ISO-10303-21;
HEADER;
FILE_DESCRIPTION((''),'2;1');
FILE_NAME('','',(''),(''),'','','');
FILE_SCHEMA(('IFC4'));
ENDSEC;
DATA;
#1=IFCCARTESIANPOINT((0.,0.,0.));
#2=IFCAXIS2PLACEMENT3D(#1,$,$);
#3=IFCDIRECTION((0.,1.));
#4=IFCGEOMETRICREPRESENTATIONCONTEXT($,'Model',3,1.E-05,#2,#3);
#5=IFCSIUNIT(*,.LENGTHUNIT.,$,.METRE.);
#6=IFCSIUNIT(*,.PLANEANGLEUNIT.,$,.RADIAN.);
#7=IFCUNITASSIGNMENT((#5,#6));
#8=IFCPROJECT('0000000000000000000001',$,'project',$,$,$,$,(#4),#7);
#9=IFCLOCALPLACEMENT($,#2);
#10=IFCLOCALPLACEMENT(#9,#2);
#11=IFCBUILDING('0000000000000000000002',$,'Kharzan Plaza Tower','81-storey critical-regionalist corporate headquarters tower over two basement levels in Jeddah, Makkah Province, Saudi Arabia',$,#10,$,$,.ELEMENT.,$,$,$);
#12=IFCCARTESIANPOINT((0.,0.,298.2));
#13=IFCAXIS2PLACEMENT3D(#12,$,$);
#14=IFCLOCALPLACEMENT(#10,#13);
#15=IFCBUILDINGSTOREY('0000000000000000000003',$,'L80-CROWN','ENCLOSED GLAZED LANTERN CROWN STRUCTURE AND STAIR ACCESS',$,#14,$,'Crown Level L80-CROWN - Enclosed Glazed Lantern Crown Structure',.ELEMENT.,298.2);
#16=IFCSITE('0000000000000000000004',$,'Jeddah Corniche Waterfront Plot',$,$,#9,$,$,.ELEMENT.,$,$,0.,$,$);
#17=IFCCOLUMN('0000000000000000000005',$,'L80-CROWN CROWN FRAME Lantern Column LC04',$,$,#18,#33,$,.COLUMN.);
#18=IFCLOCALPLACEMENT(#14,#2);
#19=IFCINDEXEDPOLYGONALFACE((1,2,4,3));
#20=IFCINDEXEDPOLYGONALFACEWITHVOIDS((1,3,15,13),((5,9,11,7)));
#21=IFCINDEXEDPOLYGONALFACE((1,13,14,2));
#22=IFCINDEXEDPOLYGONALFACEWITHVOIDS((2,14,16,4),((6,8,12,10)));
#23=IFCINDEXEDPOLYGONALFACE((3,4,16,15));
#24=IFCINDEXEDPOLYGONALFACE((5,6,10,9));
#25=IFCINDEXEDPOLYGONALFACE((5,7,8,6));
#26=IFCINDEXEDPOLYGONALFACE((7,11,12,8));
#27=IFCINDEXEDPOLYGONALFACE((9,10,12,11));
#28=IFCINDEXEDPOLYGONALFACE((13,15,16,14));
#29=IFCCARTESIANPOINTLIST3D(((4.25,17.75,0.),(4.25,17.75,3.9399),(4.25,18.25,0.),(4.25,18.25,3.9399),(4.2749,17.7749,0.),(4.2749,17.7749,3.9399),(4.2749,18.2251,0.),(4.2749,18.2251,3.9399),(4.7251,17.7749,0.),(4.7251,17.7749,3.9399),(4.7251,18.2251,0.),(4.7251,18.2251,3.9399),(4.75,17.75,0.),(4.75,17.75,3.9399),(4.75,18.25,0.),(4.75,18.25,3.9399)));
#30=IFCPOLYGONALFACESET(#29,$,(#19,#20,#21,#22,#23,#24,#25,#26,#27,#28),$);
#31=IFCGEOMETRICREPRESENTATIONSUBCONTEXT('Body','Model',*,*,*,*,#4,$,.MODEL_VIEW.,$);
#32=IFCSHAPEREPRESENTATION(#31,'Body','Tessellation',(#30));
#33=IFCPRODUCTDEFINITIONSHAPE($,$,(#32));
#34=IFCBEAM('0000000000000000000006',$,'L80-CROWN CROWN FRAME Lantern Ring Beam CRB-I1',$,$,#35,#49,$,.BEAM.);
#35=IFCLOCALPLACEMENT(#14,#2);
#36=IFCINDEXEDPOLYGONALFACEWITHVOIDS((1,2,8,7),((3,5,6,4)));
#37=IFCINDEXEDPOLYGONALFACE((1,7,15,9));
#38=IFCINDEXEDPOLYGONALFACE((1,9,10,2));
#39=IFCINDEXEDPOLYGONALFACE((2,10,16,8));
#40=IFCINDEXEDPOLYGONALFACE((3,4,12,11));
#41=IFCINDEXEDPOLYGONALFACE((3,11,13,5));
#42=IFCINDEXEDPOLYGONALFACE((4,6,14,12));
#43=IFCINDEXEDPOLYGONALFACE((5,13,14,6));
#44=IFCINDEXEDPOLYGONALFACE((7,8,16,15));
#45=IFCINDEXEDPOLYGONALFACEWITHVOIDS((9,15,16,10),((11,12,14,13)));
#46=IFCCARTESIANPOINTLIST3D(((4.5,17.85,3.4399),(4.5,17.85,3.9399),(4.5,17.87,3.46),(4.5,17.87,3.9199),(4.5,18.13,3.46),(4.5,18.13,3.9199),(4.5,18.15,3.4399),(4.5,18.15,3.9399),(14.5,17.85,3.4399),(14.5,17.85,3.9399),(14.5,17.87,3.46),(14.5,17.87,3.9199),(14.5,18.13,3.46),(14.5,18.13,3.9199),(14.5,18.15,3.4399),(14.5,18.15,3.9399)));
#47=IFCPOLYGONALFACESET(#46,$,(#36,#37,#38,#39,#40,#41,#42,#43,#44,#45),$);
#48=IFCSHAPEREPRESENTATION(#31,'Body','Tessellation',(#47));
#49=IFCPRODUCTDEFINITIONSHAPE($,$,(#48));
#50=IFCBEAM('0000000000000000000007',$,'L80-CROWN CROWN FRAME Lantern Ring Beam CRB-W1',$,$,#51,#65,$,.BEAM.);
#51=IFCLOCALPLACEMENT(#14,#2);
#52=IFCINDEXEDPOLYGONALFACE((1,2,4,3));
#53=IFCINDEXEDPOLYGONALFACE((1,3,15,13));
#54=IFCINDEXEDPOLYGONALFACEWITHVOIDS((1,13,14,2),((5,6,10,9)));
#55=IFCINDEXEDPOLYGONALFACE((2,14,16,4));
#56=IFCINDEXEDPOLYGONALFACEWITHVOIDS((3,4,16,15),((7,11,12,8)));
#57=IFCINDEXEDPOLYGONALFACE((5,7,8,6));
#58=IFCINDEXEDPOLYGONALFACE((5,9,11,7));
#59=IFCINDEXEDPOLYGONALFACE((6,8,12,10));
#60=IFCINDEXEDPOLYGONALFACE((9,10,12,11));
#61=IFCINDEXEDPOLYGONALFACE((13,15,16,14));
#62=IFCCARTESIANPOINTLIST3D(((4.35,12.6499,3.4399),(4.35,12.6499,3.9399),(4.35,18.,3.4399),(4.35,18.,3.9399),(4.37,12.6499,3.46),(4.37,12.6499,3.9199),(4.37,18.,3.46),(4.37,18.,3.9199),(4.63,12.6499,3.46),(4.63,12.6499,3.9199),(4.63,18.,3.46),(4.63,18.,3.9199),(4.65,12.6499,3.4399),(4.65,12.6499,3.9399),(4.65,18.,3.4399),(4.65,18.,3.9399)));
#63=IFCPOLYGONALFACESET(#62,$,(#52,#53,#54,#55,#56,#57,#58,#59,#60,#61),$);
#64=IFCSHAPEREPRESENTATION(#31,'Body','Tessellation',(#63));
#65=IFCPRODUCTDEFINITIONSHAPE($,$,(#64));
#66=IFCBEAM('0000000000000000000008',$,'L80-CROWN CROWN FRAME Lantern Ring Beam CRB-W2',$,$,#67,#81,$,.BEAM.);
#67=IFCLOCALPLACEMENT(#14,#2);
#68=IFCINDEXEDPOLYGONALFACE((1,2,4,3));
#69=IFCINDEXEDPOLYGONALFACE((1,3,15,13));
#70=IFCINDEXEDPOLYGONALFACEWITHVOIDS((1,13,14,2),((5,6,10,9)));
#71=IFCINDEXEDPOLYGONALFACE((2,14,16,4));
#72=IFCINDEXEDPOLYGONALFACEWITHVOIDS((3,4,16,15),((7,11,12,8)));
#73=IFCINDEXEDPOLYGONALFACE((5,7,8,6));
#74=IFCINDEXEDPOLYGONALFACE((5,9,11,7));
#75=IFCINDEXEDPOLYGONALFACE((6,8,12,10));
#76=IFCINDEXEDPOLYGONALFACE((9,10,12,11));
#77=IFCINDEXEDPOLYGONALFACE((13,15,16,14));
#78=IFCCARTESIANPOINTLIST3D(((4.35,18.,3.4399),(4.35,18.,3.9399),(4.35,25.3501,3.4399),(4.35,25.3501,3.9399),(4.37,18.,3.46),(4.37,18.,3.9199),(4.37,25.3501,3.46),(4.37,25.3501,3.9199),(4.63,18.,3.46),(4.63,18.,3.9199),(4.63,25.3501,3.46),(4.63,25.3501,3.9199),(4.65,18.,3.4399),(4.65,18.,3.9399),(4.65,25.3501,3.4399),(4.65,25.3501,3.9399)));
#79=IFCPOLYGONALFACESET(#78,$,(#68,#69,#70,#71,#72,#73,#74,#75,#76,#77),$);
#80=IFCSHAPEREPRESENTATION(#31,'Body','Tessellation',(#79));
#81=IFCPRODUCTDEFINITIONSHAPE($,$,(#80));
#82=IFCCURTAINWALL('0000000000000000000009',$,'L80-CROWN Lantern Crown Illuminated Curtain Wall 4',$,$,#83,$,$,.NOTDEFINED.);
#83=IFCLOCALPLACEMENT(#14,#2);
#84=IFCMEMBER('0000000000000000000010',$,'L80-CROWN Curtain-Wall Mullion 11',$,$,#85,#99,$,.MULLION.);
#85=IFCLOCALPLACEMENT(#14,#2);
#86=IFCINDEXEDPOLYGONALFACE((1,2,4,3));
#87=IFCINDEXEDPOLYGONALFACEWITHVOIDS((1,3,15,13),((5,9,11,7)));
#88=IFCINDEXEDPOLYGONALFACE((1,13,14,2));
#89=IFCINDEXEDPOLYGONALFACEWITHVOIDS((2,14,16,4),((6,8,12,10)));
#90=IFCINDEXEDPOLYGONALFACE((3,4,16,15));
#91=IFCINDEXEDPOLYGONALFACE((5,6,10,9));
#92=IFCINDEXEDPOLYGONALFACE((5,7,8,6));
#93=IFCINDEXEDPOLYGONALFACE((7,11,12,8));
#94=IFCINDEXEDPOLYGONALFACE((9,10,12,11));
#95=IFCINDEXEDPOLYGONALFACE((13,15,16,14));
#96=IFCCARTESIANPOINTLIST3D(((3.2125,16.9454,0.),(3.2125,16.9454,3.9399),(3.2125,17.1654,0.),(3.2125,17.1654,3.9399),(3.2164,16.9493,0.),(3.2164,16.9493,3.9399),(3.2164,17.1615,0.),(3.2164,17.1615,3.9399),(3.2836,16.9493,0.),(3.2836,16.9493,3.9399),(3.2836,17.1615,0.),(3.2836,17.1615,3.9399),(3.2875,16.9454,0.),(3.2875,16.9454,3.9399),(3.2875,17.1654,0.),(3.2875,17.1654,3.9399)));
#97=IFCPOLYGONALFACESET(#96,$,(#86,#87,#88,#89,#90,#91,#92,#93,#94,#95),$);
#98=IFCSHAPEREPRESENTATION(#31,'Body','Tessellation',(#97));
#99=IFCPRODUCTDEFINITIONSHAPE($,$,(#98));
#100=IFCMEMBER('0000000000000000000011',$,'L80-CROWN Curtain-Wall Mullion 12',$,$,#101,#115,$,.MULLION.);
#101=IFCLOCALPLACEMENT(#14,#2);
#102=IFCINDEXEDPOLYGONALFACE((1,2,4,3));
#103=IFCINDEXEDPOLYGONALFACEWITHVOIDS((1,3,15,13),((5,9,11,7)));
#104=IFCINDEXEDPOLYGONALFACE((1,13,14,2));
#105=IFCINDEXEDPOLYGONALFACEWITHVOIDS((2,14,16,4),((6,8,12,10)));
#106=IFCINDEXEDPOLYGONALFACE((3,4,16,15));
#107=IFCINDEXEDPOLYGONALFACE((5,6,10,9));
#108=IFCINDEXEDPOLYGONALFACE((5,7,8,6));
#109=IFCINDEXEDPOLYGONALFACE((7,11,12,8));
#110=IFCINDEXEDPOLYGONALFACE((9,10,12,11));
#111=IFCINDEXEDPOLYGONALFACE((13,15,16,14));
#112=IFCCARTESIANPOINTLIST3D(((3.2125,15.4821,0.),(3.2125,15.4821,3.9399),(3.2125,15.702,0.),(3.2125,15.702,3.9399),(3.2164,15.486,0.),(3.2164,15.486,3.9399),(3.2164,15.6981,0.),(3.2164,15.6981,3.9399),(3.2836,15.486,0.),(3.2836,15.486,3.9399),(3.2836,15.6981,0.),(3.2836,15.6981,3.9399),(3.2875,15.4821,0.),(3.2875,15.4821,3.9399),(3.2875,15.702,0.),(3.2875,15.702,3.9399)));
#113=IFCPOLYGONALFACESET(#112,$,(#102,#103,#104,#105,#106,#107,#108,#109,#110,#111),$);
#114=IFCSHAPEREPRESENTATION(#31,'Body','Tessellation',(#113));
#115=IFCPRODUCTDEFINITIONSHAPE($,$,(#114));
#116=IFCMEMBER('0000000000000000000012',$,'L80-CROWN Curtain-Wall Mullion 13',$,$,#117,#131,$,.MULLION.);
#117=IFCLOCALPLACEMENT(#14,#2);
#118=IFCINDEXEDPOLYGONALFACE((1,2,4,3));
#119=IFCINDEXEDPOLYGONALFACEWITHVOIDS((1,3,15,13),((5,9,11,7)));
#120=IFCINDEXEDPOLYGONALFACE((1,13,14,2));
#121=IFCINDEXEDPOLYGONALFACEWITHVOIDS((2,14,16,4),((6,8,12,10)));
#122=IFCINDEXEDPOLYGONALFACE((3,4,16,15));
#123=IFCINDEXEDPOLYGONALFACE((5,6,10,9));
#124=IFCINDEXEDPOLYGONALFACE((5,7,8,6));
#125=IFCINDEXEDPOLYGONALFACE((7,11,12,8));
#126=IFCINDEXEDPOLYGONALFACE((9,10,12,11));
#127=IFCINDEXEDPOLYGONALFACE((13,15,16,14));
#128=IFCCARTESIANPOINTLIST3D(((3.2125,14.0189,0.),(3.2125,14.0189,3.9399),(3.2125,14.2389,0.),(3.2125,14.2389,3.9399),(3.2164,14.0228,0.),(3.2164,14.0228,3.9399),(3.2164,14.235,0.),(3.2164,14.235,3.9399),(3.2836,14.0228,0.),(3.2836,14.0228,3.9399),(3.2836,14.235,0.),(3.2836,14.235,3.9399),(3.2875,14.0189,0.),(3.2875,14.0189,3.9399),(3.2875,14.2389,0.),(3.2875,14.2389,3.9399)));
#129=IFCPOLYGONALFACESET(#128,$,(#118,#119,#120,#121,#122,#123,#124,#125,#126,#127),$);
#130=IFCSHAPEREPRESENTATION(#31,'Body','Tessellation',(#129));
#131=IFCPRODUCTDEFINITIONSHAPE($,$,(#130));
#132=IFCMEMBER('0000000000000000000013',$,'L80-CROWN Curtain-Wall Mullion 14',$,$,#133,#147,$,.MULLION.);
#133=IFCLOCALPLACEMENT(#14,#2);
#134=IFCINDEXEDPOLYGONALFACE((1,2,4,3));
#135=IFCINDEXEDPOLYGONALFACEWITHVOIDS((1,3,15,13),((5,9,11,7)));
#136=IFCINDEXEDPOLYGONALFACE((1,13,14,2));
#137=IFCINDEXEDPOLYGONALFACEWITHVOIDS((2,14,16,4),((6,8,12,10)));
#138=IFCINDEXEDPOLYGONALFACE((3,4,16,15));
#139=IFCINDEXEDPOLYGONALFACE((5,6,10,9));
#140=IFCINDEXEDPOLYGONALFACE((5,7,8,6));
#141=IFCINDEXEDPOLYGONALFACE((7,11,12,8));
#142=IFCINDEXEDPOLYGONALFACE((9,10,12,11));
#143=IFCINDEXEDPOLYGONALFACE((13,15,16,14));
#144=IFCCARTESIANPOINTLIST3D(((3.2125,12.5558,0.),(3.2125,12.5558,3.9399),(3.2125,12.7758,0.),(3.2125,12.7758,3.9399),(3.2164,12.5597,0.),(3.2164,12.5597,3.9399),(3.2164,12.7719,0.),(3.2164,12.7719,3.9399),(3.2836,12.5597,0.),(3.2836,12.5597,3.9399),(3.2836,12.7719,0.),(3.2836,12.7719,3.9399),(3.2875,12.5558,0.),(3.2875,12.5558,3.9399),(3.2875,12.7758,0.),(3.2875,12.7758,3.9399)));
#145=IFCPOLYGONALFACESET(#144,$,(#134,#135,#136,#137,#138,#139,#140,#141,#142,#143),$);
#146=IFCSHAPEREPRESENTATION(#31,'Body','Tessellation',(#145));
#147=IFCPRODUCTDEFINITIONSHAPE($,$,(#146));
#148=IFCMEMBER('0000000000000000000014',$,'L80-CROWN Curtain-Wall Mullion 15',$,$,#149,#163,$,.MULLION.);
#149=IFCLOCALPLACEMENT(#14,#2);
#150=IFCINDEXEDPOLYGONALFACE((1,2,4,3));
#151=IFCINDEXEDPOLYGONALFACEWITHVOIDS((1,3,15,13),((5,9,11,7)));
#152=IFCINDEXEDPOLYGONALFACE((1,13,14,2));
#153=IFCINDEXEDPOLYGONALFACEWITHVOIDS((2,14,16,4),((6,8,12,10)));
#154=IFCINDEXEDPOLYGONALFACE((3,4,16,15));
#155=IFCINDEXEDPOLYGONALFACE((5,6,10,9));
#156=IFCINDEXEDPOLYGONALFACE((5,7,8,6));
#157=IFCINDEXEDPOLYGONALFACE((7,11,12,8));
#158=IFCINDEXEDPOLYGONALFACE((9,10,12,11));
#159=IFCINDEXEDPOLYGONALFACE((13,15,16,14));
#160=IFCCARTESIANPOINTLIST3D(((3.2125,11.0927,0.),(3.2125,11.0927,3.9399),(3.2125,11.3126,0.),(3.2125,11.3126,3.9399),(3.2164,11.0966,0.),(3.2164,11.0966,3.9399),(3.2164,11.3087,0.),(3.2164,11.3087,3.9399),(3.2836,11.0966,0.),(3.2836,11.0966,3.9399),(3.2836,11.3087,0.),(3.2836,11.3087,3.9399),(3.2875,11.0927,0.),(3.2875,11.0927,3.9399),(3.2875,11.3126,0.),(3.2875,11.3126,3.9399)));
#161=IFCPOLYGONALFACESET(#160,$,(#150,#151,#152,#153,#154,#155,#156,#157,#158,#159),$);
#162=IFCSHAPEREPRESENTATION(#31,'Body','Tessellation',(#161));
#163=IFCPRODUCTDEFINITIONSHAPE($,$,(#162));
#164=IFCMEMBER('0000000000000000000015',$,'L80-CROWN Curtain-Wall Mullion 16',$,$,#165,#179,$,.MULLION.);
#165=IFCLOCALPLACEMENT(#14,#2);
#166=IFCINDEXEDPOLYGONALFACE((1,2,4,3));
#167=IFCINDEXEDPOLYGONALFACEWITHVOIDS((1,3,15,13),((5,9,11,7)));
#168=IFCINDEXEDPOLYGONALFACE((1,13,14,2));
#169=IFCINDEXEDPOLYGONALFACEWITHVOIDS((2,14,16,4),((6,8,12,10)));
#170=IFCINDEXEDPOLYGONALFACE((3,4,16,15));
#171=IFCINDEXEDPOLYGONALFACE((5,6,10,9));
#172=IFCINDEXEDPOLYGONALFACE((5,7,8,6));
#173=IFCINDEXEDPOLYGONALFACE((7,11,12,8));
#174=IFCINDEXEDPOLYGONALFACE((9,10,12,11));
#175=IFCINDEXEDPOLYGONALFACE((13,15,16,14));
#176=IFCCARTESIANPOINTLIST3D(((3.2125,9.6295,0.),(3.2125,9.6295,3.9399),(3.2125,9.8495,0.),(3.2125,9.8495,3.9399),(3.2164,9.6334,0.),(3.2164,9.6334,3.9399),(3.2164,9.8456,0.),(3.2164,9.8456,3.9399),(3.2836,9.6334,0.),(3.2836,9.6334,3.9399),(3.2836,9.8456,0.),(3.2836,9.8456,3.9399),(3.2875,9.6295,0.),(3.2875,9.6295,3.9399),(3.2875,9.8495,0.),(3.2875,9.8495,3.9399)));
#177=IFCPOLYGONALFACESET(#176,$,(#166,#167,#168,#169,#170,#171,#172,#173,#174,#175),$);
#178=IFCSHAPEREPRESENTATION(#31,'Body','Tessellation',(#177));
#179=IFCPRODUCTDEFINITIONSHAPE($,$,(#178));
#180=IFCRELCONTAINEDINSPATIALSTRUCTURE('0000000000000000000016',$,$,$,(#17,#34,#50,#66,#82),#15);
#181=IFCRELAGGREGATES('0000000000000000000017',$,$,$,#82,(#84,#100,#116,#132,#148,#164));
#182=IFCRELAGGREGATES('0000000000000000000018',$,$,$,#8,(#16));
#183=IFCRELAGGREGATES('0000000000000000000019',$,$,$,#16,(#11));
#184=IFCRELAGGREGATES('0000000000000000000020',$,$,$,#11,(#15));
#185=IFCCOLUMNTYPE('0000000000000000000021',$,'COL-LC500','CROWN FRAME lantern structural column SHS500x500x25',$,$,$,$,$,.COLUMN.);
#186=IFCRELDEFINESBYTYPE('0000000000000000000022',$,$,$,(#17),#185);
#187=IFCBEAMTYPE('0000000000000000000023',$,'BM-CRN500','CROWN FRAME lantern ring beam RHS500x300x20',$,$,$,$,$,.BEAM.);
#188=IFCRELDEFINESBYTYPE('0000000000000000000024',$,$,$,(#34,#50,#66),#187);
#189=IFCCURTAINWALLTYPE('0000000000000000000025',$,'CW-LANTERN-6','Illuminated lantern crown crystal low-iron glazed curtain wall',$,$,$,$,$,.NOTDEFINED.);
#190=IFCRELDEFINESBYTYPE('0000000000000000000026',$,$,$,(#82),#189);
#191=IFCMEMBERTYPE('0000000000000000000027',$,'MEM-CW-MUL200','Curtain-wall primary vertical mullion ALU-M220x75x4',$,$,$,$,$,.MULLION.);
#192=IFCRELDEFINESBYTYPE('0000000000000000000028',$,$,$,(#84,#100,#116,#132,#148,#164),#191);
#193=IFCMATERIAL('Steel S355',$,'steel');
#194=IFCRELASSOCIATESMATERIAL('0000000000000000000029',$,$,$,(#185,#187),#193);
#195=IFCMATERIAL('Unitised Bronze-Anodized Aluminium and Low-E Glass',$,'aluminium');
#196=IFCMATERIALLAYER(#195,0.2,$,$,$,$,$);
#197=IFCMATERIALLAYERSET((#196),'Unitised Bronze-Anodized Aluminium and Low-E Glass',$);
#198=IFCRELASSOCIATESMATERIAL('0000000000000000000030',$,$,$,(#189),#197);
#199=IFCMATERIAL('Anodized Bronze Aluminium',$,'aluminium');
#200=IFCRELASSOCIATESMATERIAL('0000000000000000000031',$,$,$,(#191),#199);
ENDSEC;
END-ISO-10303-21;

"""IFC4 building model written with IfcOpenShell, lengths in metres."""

from ifc_helpers import new_model, si_unit, direction, frame, origin, origin_2d, place, context, subcontext, project, spatial, hollow_rectangle, extrude, source, transform, mapped, material, layer, layer_set, material_profile, profile_set, type_object, element, aggregate, save


model = new_model("IFC4")

# Units and contexts
model_context = context("Model", 3, precision=1e-05, world=origin(), true_north=direction((0.0, 1.0)))
body_context = subcontext(model_context, "Body", "Model", "MODEL_VIEW")
ifc_project = project(units=[si_unit("LENGTHUNIT", "METRE"), si_unit("PLANEANGLEUNIT", "RADIAN")], contexts=[model_context])

# Site, building, storey
site_placement = place(None, origin())
site = spatial("IfcSite", under=ifc_project, at=site_placement, Name="Jeddah Corniche Waterfront Plot", CompositionType="ELEMENT", RefElevation=0.0)
building_placement = place(site_placement, origin())
building = spatial("IfcBuilding", under=site, at=building_placement, Name="Kharzan Plaza Tower", Description="81-storey critical-regionalist corporate headquarters tower over two basement levels in Jeddah, Makkah Province, Saudi Arabia", CompositionType="ELEMENT")
storey_placement = place(building_placement, frame((0.0, 0.0, 298.2)))
storey = spatial("IfcBuildingStorey", under=building, at=storey_placement, Name="L80-CROWN", Description="ENCLOSED GLAZED LANTERN CROWN STRUCTURE AND STAIR ACCESS", LongName="Crown Level L80-CROWN - Enclosed Glazed Lantern Crown Structure", CompositionType="ELEMENT", Elevation=298.2)

# Column
ifc_material_1 = material(Name="Steel S355", Category="steel")
ifc_material_profile_1 = material_profile(ifc_material_1, hollow_rectangle(XDim=0.5, YDim=0.5, WallThickness=0.0249, at=origin_2d()), Name="SHS500x500x25")
ifc_profile_set_1 = profile_set([ifc_material_profile_1], Name="Steel S355")
column_type = type_object("IfcColumnType", Name="COL-LC500", Description="CROWN FRAME lantern structural column SHS500x500x25", PredefinedType="COLUMN", material=ifc_profile_set_1)
shared_shape_1 = source(origin(), body_context, "Body", "SweptSolid", [
    extrude(hollow_rectangle(XDim=0.5, YDim=0.5, WallThickness=0.0249, at=origin_2d()), origin(), (0.0, 0.0, 1.0), 3.9399),
])
column_placement = place(storey_placement, frame((4.5, 18.0, 0.0), z_axis=(0.0, 0.0, 1.0), x_axis=(1.0, 0.0, 0.0)))
element("IfcColumn", 1, at=column_placement, inside=storey, type_object=column_type, Name="L80-CROWN CROWN FRAME Lantern Column LC04", PredefinedType="COLUMN", context=body_context, shape_type="MappedRepresentation", body=[
    mapped(shared_shape_1, transform((0.0, 0.0, 0.0), x_axis=(1.0, 0.0, 0.0), y_axis=(0.0, 1.0, 0.0), z_axis=(0.0, 0.0, 1.0))),
])

# Beams
ifc_material_profile_2 = material_profile(ifc_material_1, hollow_rectangle(XDim=0.3, YDim=0.5, WallThickness=0.02, at=origin_2d()), Name="RHS500x300x20")
ifc_profile_set_2 = profile_set([ifc_material_profile_2], Name="Steel S355")
beam_type = type_object("IfcBeamType", Name="BM-CRN500", Description="CROWN FRAME lantern ring beam RHS500x300x20", PredefinedType="BEAM", material=ifc_profile_set_2)
shared_shape_2 = source(origin(), body_context, "Body", "SweptSolid", [
    extrude(hollow_rectangle(XDim=0.3, YDim=0.5, WallThickness=0.02, at=origin_2d()), origin(), (0.0, 0.0, 1.0), 10.0),
])
beam_1_placement = place(storey_placement, frame((4.5, 18.0, 3.6899), z_axis=(1.0, 0.0, 0.0), x_axis=(0.0, 1.0, 0.0)))
element("IfcBeam", 2, at=beam_1_placement, inside=storey, type_object=beam_type, Name="L80-CROWN CROWN FRAME Lantern Ring Beam CRB-I1", PredefinedType="BEAM", context=body_context, shape_type="MappedRepresentation", body=[
    mapped(shared_shape_2, transform((0.0, 0.0, 0.0), x_axis=(1.0, 0.0, 0.0), y_axis=(0.0, 1.0, 0.0), z_axis=(0.0, 0.0, 1.0))),
])
shared_shape_3 = source(origin(), body_context, "Body", "SweptSolid", [
    extrude(hollow_rectangle(XDim=0.3, YDim=0.5, WallThickness=0.02, at=origin_2d()), origin(), (0.0, 0.0, 1.0), 5.3501),
])
beam_2_placement = place(storey_placement, frame((4.5, 12.6499, 3.6899), z_axis=(0.0, 1.0, 0.0), x_axis=(-1.0, 0.0, 0.0)))
element("IfcBeam", 3, at=beam_2_placement, inside=storey, type_object=beam_type, Name="L80-CROWN CROWN FRAME Lantern Ring Beam CRB-W1", PredefinedType="BEAM", context=body_context, shape_type="MappedRepresentation", body=[
    mapped(shared_shape_3, transform((0.0, 0.0, 0.0), x_axis=(1.0, 0.0, 0.0), y_axis=(0.0, 1.0, 0.0), z_axis=(0.0, 0.0, 1.0))),
])
shared_shape_4 = source(origin(), body_context, "Body", "SweptSolid", [
    extrude(hollow_rectangle(XDim=0.3, YDim=0.5, WallThickness=0.02, at=origin_2d()), origin(), (0.0, 0.0, 1.0), 7.3501),
])
beam_3_placement = place(storey_placement, frame((4.5, 18.0, 3.6899), z_axis=(0.0, 1.0, 0.0), x_axis=(-1.0, 0.0, 0.0)))
element("IfcBeam", 4, at=beam_3_placement, inside=storey, type_object=beam_type, Name="L80-CROWN CROWN FRAME Lantern Ring Beam CRB-W2", PredefinedType="BEAM", context=body_context, shape_type="MappedRepresentation", body=[
    mapped(shared_shape_4, transform((0.0, 0.0, 0.0), x_axis=(1.0, 0.0, 0.0), y_axis=(0.0, 1.0, 0.0), z_axis=(0.0, 0.0, 1.0))),
])

# Curtain wall, members
ifc_material_2 = material(Name="Unitised Bronze-Anodized Aluminium and Low-E Glass", Category="aluminium")
ifc_layer_1 = layer(ifc_material_2, 0.2)
ifc_layer_set_1 = layer_set([ifc_layer_1], Name="Unitised Bronze-Anodized Aluminium and Low-E Glass")
curtain_wall_type = type_object("IfcCurtainWallType", Name="CW-LANTERN-6", Description="Illuminated lantern crown crystal low-iron glazed curtain wall", PredefinedType="NOTDEFINED", material=ifc_layer_set_1)
curtain_wall_placement = place(storey_placement, origin())
curtain_wall = element("IfcCurtainWall", 5, at=curtain_wall_placement, inside=storey, type_object=curtain_wall_type, Name="L80-CROWN Lantern Crown Illuminated Curtain Wall 4", PredefinedType="NOTDEFINED")
ifc_material_3 = material(Name="Anodized Bronze Aluminium", Category="aluminium")
ifc_material_profile_3 = material_profile(ifc_material_3, hollow_rectangle(XDim=0.075, YDim=0.22, WallThickness=0.0039, at=origin_2d()), Name="ALU-M220x75x4")
ifc_profile_set_3 = profile_set([ifc_material_profile_3], Name="Anodized Bronze Aluminium")
member_type_1 = type_object("IfcMemberType", Name="MEM-CW-MUL200", Description="Curtain-wall primary vertical mullion ALU-M220x75x4", PredefinedType="MULLION", material=ifc_profile_set_3)
shared_shape_5 = source(origin(), body_context, "Body", "SweptSolid", [
    extrude(hollow_rectangle(XDim=0.075, YDim=0.22, WallThickness=0.0039, at=origin_2d()), origin(), (0.0, 0.0, 1.0), 3.9399),
])
member_1_placement = place(storey_placement, frame((3.25, 17.0554, 0.0), z_axis=(0.0, 0.0, 1.0), x_axis=(1.0, 0.0, 0.0)))
member_1 = element("IfcMember", 6, at=member_1_placement, type_object=member_type_1, Name="L80-CROWN Curtain-Wall Mullion 11", PredefinedType="MULLION", context=body_context, shape_type="MappedRepresentation", body=[
    mapped(shared_shape_5, transform((0.0, 0.0, 0.0), x_axis=(1.0, 0.0, 0.0), y_axis=(0.0, 1.0, 0.0), z_axis=(0.0, 0.0, 1.0))),
])
member_2_placement = place(storey_placement, frame((3.25, 15.592, 0.0), z_axis=(0.0, 0.0, 1.0), x_axis=(1.0, 0.0, 0.0)))
member_2 = element("IfcMember", 7, at=member_2_placement, type_object=member_type_1, Name="L80-CROWN Curtain-Wall Mullion 12", PredefinedType="MULLION", context=body_context, shape_type="MappedRepresentation", body=[
    mapped(shared_shape_5, transform((0.0, 0.0, 0.0), x_axis=(1.0, 0.0, 0.0), y_axis=(0.0, 1.0, 0.0), z_axis=(0.0, 0.0, 1.0))),
])
member_3_placement = place(storey_placement, frame((3.25, 14.1289, 0.0), z_axis=(0.0, 0.0, 1.0), x_axis=(1.0, 0.0, 0.0)))
member_3 = element("IfcMember", 8, at=member_3_placement, type_object=member_type_1, Name="L80-CROWN Curtain-Wall Mullion 13", PredefinedType="MULLION", context=body_context, shape_type="MappedRepresentation", body=[
    mapped(shared_shape_5, transform((0.0, 0.0, 0.0), x_axis=(1.0, 0.0, 0.0), y_axis=(0.0, 1.0, 0.0), z_axis=(0.0, 0.0, 1.0))),
])
member_4_placement = place(storey_placement, frame((3.25, 12.6658, 0.0), z_axis=(0.0, 0.0, 1.0), x_axis=(1.0, 0.0, 0.0)))
member_4 = element("IfcMember", 9, at=member_4_placement, type_object=member_type_1, Name="L80-CROWN Curtain-Wall Mullion 14", PredefinedType="MULLION", context=body_context, shape_type="MappedRepresentation", body=[
    mapped(shared_shape_5, transform((0.0, 0.0, 0.0), x_axis=(1.0, 0.0, 0.0), y_axis=(0.0, 1.0, 0.0), z_axis=(0.0, 0.0, 1.0))),
])
member_5_placement = place(storey_placement, frame((3.25, 11.2026, 0.0), z_axis=(0.0, 0.0, 1.0), x_axis=(1.0, 0.0, 0.0)))
member_5 = element("IfcMember", 10, at=member_5_placement, type_object=member_type_1, Name="L80-CROWN Curtain-Wall Mullion 15", PredefinedType="MULLION", context=body_context, shape_type="MappedRepresentation", body=[
    mapped(shared_shape_5, transform((0.0, 0.0, 0.0), x_axis=(1.0, 0.0, 0.0), y_axis=(0.0, 1.0, 0.0), z_axis=(0.0, 0.0, 1.0))),
])
member_6_placement = place(storey_placement, frame((3.25, 9.7395, 0.0), z_axis=(0.0, 0.0, 1.0), x_axis=(1.0, 0.0, 0.0)))
member_6 = element("IfcMember", 11, at=member_6_placement, type_object=member_type_1, Name="L80-CROWN Curtain-Wall Mullion 16", PredefinedType="MULLION", context=body_context, shape_type="MappedRepresentation", body=[
    mapped(shared_shape_5, transform((0.0, 0.0, 0.0), x_axis=(1.0, 0.0, 0.0), y_axis=(0.0, 1.0, 0.0), z_axis=(0.0, 0.0, 1.0))),
])

aggregate(curtain_wall, [member_1, member_2, member_3, member_4, member_5, member_6])

save(model, "model.ifc")
